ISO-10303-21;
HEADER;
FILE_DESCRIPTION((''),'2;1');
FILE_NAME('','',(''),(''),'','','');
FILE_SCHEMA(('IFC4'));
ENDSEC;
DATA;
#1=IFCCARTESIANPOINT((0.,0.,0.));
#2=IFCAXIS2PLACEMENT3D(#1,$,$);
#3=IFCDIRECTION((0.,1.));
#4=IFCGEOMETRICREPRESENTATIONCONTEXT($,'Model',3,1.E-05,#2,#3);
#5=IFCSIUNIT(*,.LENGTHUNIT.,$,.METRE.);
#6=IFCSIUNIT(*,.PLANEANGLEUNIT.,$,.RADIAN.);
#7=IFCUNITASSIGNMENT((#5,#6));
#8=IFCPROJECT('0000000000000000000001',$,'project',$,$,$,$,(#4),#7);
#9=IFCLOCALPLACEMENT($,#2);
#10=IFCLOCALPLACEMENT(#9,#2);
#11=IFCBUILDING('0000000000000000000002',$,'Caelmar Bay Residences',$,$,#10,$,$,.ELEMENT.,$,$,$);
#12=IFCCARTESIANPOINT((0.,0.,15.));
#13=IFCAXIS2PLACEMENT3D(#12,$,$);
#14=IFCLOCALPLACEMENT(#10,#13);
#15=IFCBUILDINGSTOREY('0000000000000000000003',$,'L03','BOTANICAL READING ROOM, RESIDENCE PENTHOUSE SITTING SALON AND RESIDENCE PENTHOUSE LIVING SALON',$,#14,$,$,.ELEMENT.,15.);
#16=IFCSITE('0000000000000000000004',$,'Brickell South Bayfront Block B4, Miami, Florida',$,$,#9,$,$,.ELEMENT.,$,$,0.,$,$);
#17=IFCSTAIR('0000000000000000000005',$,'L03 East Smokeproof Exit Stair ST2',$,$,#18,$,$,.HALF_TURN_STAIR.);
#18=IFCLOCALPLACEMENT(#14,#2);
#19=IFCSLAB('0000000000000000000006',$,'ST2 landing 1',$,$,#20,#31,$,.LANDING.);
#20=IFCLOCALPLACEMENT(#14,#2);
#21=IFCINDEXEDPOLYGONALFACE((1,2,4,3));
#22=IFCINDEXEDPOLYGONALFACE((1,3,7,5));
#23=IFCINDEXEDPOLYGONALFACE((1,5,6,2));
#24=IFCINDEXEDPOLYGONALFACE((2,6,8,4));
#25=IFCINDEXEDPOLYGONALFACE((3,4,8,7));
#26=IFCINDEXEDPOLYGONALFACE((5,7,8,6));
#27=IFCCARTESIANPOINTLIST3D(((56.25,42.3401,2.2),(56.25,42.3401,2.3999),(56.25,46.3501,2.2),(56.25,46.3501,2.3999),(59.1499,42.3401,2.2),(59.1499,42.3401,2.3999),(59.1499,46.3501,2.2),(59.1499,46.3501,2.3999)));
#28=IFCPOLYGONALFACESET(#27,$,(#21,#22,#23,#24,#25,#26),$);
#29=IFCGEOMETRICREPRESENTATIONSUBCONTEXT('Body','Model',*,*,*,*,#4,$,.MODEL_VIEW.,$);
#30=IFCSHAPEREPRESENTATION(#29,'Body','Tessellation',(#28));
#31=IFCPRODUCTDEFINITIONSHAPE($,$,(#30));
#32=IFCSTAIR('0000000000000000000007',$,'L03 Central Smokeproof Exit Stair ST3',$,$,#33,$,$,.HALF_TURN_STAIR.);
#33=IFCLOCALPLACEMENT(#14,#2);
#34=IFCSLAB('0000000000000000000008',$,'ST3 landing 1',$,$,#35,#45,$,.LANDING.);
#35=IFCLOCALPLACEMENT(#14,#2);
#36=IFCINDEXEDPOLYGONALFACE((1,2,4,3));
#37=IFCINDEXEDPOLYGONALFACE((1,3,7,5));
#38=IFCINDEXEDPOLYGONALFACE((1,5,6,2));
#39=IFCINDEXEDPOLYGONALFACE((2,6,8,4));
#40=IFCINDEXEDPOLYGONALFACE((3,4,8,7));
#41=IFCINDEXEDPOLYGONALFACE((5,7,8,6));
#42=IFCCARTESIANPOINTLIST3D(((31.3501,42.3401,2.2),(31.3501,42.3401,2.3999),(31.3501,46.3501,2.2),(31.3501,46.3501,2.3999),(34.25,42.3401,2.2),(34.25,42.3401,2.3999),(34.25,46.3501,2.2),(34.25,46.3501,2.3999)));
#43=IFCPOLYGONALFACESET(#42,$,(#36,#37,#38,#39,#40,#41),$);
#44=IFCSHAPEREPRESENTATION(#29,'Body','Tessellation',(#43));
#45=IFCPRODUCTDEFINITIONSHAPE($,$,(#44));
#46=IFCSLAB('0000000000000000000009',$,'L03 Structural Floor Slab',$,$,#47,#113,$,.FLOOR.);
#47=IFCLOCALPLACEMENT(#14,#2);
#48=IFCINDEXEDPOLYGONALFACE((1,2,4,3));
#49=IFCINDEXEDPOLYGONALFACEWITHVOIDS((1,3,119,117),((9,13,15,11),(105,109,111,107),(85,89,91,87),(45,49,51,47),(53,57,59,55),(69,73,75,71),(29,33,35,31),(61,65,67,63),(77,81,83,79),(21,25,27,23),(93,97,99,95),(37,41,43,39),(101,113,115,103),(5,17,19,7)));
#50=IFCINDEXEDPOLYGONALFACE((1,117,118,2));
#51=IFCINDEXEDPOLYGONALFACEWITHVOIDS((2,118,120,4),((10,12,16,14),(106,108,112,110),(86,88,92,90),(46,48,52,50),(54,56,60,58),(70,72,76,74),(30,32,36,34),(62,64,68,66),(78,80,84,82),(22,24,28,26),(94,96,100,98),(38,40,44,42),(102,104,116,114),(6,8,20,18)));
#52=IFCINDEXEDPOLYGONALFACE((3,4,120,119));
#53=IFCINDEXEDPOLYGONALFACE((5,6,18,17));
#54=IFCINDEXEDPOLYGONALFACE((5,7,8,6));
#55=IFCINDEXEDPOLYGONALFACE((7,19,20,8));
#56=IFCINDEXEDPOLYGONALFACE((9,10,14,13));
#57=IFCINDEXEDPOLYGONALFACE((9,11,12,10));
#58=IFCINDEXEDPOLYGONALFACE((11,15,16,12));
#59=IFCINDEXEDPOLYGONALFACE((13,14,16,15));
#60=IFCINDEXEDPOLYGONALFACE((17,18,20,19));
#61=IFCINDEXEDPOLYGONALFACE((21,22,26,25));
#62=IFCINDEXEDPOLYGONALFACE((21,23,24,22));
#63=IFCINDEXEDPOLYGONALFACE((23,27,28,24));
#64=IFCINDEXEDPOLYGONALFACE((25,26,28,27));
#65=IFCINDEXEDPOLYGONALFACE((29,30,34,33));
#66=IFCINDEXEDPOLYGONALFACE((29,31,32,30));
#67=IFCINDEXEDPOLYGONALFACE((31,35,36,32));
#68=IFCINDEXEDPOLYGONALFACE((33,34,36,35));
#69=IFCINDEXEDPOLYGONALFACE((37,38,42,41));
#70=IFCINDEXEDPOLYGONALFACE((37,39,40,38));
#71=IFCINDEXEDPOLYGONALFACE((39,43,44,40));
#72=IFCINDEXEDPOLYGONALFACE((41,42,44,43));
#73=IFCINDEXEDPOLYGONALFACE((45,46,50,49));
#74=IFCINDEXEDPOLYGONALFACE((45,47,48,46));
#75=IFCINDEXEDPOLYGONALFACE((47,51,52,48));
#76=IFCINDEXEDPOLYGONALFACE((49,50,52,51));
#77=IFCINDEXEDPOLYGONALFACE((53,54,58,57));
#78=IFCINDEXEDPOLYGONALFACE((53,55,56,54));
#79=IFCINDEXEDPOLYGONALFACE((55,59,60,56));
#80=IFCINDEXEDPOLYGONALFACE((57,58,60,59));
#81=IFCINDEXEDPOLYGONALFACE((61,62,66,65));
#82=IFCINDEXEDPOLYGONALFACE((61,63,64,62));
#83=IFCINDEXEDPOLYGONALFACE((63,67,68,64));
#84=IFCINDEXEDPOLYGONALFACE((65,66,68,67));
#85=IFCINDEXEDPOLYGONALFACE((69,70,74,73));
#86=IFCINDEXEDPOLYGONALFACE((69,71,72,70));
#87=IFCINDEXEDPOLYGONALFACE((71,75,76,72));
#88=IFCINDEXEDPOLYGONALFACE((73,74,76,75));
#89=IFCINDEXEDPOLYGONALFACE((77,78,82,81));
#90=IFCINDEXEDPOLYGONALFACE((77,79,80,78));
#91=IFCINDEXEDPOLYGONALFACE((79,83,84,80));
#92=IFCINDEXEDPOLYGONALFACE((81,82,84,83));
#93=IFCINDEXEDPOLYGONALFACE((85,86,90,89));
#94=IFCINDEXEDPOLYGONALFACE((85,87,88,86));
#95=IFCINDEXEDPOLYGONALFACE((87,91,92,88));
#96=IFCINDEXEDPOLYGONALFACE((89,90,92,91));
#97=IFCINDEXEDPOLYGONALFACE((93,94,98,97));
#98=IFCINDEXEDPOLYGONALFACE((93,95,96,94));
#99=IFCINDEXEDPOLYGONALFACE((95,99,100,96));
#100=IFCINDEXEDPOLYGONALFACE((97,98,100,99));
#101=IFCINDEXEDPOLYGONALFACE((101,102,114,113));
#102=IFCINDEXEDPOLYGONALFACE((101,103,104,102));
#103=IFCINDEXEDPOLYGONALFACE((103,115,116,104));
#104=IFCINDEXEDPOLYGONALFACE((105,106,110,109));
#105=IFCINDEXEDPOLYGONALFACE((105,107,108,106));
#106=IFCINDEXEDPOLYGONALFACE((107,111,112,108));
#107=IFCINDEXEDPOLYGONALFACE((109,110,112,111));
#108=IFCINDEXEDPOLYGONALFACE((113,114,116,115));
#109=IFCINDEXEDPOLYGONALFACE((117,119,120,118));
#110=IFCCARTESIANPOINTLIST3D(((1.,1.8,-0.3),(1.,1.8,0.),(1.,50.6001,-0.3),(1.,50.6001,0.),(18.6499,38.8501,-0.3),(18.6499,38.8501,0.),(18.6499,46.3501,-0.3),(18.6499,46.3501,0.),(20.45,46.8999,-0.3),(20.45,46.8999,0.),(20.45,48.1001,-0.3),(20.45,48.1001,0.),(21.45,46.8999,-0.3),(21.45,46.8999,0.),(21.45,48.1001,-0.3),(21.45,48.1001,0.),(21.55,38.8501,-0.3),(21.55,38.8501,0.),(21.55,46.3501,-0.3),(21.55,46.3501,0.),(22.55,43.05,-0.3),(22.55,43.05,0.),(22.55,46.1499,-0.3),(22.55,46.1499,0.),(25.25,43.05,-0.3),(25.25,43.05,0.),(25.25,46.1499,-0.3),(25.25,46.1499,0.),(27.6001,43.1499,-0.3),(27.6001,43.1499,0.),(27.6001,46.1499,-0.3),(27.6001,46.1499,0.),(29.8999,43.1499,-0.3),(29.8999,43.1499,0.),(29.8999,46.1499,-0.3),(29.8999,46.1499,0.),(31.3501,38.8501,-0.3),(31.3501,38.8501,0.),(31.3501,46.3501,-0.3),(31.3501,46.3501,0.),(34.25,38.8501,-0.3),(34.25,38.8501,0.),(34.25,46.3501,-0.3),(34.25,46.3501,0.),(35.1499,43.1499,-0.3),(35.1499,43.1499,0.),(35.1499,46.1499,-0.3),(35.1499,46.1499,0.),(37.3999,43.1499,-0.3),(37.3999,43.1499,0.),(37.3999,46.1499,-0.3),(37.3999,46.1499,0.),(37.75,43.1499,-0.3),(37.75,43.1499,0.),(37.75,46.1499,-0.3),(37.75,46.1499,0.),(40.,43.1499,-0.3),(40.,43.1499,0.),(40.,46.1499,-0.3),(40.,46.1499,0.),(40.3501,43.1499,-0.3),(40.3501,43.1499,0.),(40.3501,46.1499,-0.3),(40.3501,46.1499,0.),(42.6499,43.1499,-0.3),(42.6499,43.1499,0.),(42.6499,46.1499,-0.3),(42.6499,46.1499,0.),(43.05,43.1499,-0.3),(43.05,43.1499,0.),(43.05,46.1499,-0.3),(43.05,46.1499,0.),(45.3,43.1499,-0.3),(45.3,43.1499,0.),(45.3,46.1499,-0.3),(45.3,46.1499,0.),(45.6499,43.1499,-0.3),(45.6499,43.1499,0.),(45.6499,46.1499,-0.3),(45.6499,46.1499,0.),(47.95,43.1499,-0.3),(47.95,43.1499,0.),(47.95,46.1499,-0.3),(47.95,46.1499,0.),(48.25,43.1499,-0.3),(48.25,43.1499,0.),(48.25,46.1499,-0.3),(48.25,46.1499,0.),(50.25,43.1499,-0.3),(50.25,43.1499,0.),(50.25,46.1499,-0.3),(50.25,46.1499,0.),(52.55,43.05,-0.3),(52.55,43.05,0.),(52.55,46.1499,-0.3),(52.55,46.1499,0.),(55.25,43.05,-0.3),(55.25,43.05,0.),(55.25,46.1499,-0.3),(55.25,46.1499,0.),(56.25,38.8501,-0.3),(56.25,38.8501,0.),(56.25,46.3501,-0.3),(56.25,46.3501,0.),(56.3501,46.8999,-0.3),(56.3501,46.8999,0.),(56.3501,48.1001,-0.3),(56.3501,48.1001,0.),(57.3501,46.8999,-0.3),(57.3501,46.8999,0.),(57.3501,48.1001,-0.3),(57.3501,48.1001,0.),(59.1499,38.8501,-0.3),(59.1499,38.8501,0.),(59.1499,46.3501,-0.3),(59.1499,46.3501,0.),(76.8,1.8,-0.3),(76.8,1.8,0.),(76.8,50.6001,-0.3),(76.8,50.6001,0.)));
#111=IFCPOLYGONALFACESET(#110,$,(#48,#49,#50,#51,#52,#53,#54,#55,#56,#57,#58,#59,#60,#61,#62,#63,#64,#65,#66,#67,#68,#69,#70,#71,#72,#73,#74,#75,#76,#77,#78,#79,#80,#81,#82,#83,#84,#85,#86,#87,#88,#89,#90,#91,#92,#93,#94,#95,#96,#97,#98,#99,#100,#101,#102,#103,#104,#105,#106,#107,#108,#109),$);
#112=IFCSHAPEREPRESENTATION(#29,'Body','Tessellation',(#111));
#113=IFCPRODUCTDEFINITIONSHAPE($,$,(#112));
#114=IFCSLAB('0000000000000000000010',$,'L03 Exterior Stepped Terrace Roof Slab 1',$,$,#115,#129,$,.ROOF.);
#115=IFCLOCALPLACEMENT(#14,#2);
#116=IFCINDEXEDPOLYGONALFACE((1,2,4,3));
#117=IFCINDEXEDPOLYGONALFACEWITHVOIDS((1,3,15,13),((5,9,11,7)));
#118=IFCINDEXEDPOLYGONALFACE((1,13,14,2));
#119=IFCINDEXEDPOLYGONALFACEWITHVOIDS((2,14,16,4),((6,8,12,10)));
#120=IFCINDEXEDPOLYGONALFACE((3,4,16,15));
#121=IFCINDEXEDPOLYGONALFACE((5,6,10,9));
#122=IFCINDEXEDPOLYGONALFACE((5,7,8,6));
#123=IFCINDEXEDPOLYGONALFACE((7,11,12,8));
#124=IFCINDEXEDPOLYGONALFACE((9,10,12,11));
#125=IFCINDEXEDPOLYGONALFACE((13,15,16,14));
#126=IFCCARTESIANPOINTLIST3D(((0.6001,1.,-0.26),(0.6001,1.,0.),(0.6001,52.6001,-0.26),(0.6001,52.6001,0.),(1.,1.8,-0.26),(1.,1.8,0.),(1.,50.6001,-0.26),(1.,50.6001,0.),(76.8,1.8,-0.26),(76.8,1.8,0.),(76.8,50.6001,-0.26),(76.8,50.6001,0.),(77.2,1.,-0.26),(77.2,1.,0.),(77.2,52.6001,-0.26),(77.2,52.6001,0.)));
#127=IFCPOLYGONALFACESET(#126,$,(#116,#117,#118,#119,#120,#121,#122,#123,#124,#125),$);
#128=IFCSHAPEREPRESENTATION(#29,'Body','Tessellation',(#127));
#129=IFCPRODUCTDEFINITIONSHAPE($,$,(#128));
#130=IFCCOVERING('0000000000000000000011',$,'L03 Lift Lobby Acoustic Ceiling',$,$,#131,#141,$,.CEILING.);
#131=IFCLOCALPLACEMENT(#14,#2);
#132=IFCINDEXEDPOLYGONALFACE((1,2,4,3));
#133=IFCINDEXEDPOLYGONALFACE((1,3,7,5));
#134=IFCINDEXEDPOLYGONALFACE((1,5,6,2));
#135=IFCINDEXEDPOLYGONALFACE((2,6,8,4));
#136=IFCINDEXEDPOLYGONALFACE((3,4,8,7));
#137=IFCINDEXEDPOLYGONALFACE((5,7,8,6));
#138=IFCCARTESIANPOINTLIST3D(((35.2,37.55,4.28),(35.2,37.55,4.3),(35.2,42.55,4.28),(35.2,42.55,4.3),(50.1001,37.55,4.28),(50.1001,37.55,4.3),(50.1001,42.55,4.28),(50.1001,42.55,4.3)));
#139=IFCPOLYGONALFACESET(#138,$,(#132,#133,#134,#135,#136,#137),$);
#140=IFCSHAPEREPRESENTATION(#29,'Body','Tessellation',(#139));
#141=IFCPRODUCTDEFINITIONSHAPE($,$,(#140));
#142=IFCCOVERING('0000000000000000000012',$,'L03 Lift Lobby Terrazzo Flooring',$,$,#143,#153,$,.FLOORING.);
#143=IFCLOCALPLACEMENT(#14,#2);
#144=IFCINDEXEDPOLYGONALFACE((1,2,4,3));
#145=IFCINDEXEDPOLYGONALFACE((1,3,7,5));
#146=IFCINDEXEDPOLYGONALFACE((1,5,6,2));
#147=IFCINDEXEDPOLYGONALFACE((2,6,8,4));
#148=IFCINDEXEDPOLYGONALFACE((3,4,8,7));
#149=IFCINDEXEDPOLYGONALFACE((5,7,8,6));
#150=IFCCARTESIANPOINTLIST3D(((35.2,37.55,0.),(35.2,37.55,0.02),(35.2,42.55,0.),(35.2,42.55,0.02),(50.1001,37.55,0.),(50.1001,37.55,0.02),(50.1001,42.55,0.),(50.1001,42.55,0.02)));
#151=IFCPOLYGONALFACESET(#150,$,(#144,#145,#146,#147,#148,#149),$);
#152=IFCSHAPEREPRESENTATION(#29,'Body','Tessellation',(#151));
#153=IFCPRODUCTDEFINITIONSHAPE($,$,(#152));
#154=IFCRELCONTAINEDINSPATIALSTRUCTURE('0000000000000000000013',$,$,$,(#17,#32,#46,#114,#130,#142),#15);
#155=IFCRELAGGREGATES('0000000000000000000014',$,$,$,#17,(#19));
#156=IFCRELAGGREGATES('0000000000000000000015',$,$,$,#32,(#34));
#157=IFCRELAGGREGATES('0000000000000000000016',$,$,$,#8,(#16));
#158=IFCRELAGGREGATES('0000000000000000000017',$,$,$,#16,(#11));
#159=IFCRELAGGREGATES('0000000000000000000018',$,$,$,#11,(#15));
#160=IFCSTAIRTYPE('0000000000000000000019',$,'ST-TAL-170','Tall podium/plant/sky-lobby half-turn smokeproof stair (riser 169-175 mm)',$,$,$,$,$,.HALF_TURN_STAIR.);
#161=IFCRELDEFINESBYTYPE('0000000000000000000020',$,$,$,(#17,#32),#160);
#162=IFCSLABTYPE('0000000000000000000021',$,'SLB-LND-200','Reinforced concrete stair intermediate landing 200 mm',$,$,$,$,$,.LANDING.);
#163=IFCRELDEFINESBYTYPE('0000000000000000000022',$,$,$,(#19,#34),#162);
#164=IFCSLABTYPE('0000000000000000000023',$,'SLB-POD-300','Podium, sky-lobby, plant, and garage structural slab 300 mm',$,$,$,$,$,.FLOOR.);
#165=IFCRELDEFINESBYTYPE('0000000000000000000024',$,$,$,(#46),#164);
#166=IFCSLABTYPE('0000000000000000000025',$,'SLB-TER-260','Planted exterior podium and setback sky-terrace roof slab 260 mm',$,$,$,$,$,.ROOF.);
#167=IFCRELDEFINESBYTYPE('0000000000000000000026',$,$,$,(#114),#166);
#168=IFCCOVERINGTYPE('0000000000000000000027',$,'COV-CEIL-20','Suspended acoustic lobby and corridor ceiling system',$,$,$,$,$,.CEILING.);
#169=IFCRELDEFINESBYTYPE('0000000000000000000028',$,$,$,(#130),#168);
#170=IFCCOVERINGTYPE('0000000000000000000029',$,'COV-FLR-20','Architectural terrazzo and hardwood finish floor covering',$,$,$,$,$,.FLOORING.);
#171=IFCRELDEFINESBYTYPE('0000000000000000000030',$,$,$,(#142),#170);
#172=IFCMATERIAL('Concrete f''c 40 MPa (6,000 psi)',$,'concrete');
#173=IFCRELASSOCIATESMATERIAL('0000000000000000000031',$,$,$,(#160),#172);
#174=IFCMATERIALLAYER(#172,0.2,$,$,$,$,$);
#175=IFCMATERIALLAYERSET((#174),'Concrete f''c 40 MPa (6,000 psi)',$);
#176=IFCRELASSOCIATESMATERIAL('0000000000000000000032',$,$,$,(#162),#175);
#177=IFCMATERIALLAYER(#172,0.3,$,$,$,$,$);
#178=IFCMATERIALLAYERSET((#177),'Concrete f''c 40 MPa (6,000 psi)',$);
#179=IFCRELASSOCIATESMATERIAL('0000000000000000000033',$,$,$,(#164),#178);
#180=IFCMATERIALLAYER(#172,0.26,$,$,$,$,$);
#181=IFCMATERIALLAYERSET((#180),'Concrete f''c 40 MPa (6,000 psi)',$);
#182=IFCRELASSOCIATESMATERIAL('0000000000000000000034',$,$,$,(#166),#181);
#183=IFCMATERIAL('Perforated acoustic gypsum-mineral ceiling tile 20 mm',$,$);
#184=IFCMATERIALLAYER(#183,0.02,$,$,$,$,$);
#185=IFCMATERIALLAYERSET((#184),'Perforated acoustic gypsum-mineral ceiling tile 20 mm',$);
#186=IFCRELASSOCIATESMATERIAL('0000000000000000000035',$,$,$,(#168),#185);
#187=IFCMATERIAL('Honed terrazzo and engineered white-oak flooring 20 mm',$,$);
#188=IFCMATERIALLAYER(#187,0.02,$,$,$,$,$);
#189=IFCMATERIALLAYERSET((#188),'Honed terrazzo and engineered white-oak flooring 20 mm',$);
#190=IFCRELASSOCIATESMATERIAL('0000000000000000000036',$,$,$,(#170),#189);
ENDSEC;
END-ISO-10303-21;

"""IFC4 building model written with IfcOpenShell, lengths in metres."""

from ifc_helpers import new_model, si_unit, direction, frame, origin, place, context, subcontext, project, spatial, polyline, outline, extrude, material, layer, layer_set, type_object, element, aggregate, save


model = new_model("IFC4")

# Units and contexts
model_context = context("Model", 3, precision=1e-05, world=origin(), true_north=direction((0.0, 1.0)))
body_context = subcontext(model_context, "Body", "Model", "MODEL_VIEW")
ifc_project = project(units=[si_unit("LENGTHUNIT", "METRE"), si_unit("PLANEANGLEUNIT", "RADIAN")], contexts=[model_context])

# Site, building, storey
site_placement = place(None, origin())
site = spatial("IfcSite", under=ifc_project, at=site_placement, Name="Brickell South Bayfront Block B4, Miami, Florida", CompositionType="ELEMENT", RefElevation=0.0)
building_placement = place(site_placement, origin())
building = spatial("IfcBuilding", under=site, at=building_placement, Name="Caelmar Bay Residences", CompositionType="ELEMENT")
storey_placement = place(building_placement, frame((0.0, 0.0, 15.0)))
storey = spatial("IfcBuildingStorey", under=building, at=storey_placement, Name="L03", Description="BOTANICAL READING ROOM, RESIDENCE PENTHOUSE SITTING SALON AND RESIDENCE PENTHOUSE LIVING SALON", CompositionType="ELEMENT", Elevation=15.0)

# Stairs, slabs
ifc_material_1 = material(Name="Concrete f'c 40 MPa (6,000 psi)", Category="concrete")
stair_type = type_object("IfcStairType", Name="ST-TAL-170", Description="Tall podium/plant/sky-lobby half-turn smokeproof stair (riser 169-175 mm)", PredefinedType="HALF_TURN_STAIR", material=ifc_material_1)
ifc_layer_1 = layer(ifc_material_1, 0.2)
ifc_layer_set_1 = layer_set([ifc_layer_1], Name="Concrete f'c 40 MPa (6,000 psi)")
slab_type_1 = type_object("IfcSlabType", Name="SLB-LND-200", Description="Reinforced concrete stair intermediate landing 200 mm", PredefinedType="LANDING", material=ifc_layer_set_1)
stair_1_placement = place(storey_placement, origin())
stair_1 = element("IfcStair", 1, at=stair_1_placement, inside=storey, type_object=stair_type, Name="L03 East Smokeproof Exit Stair ST2", PredefinedType="HALF_TURN_STAIR")
slab_1_placement = place(storey_placement, frame((0.0, 0.0, 2.2)))
slab_1 = element("IfcSlab", 2, at=slab_1_placement, type_object=slab_type_1, Name="ST2 landing 1", PredefinedType="LANDING", context=body_context, shape_type="SweptSolid", body=[
    extrude(outline(polyline([(59.1499, 42.3401), (59.1499, 46.3501), (56.25, 46.3501), (56.25, 42.3401), (59.1499, 42.3401)])), origin(), (0.0, 0.0, 1.0), 0.2),
])
aggregate(stair_1, [slab_1])
stair_2_placement = place(storey_placement, origin())
stair_2 = element("IfcStair", 3, at=stair_2_placement, inside=storey, type_object=stair_type, Name="L03 Central Smokeproof Exit Stair ST3", PredefinedType="HALF_TURN_STAIR")
slab_2_placement = place(storey_placement, frame((0.0, 0.0, 2.2)))
slab_2 = element("IfcSlab", 4, at=slab_2_placement, type_object=slab_type_1, Name="ST3 landing 1", PredefinedType="LANDING", context=body_context, shape_type="SweptSolid", body=[
    extrude(outline(polyline([(34.25, 42.3401), (34.25, 46.3501), (31.3501, 46.3501), (31.3501, 42.3401), (34.25, 42.3401)])), origin(), (0.0, 0.0, 1.0), 0.2),
])
aggregate(stair_2, [slab_2])

# Slabs
ifc_layer_2 = layer(ifc_material_1, 0.3)
ifc_layer_set_2 = layer_set([ifc_layer_2], Name="Concrete f'c 40 MPa (6,000 psi)")
slab_type_2 = type_object("IfcSlabType", Name="SLB-POD-300", Description="Podium, sky-lobby, plant, and garage structural slab 300 mm", PredefinedType="FLOOR", material=ifc_layer_set_2)
slab_3_placement = place(storey_placement, frame((0.0, 0.0, -0.3)))
element("IfcSlab", 5, at=slab_3_placement, inside=storey, type_object=slab_type_2, Name="L03 Structural Floor Slab", PredefinedType="FLOOR", context=body_context, shape_type="SweptSolid", body=[
    extrude(outline(polyline([(1.0, 1.8), (76.8, 1.8), (76.8, 50.6001), (1.0, 50.6001), (1.0, 1.8)]), holes=[polyline([(18.6499, 38.8501), (21.55, 38.8501), (21.55, 46.3501), (18.6499, 46.3501), (18.6499, 38.8501)]), polyline([(56.25, 38.8501), (59.1499, 38.8501), (59.1499, 46.3501), (56.25, 46.3501), (56.25, 38.8501)]), polyline([(31.3501, 38.8501), (34.25, 38.8501), (34.25, 46.3501), (31.3501, 46.3501), (31.3501, 38.8501)]), polyline([(22.55, 43.05), (25.25, 43.05), (25.25, 46.1499), (22.55, 46.1499), (22.55, 43.05)]), polyline([(52.55, 43.05), (55.25, 43.05), (55.25, 46.1499), (52.55, 46.1499), (52.55, 43.05)]), polyline([(35.1499, 43.1499), (37.3999, 43.1499), (37.3999, 46.1499), (35.1499, 46.1499), (35.1499, 43.1499)]), polyline([(37.75, 43.1499), (40.0, 43.1499), (40.0, 46.1499), (37.75, 46.1499), (37.75, 43.1499)]), polyline([(40.3501, 43.1499), (42.6499, 43.1499), (42.6499, 46.1499), (40.3501, 46.1499), (40.3501, 43.1499)]), polyline([(43.05, 43.1499), (45.3, 43.1499), (45.3, 46.1499), (43.05, 46.1499), (43.05, 43.1499)]), polyline([(45.6499, 43.1499), (47.95, 43.1499), (47.95, 46.1499), (45.6499, 46.1499), (45.6499, 43.1499)]), polyline([(48.25, 43.1499), (50.25, 43.1499), (50.25, 46.1499), (48.25, 46.1499), (48.25, 43.1499)]), polyline([(27.6001, 43.1499), (29.8999, 43.1499), (29.8999, 46.1499), (27.6001, 46.1499), (27.6001, 43.1499)]), polyline([(20.45, 46.8999), (21.45, 46.8999), (21.45, 48.1001), (20.45, 48.1001), (20.45, 46.8999)]), polyline([(56.3501, 46.8999), (57.3501, 46.8999), (57.3501, 48.1001), (56.3501, 48.1001), (56.3501, 46.8999)])]), origin(), (0.0, 0.0, 1.0), 0.3),
])
ifc_layer_3 = layer(ifc_material_1, 0.26)
ifc_layer_set_3 = layer_set([ifc_layer_3], Name="Concrete f'c 40 MPa (6,000 psi)")
slab_type_3 = type_object("IfcSlabType", Name="SLB-TER-260", Description="Planted exterior podium and setback sky-terrace roof slab 260 mm", PredefinedType="ROOF", material=ifc_layer_set_3)
slab_4_placement = place(storey_placement, frame((0.0, 0.0, -0.26)))
element("IfcSlab", 6, at=slab_4_placement, inside=storey, type_object=slab_type_3, Name="L03 Exterior Stepped Terrace Roof Slab 1", PredefinedType="ROOF", context=body_context, shape_type="SweptSolid", body=[
    extrude(outline(polyline([(0.6001, 1.0), (77.2, 1.0), (77.2, 52.6001), (0.6001, 52.6001), (0.6001, 1.0)]), holes=[polyline([(1.0, 1.8), (1.0, 50.6001), (76.8, 50.6001), (76.8, 1.8), (1.0, 1.8)])]), origin(), (0.0, 0.0, 1.0), 0.26),
])

# Coverings
ifc_material_2 = material(Name="Perforated acoustic gypsum-mineral ceiling tile 20 mm")
ifc_layer_4 = layer(ifc_material_2, 0.02)
ifc_layer_set_4 = layer_set([ifc_layer_4], Name="Perforated acoustic gypsum-mineral ceiling tile 20 mm")
covering_type_1 = type_object("IfcCoveringType", Name="COV-CEIL-20", Description="Suspended acoustic lobby and corridor ceiling system", PredefinedType="CEILING", material=ifc_layer_set_4)
covering_1_placement = place(storey_placement, frame((0.0, 0.0, 4.28)))
element("IfcCovering", 7, at=covering_1_placement, inside=storey, type_object=covering_type_1, Name="L03 Lift Lobby Acoustic Ceiling", PredefinedType="CEILING", context=body_context, shape_type="SweptSolid", body=[
    extrude(outline(polyline([(35.2, 37.55), (50.1001, 37.55), (50.1001, 42.55), (35.2, 42.55), (35.2, 37.55)])), origin(), (0.0, 0.0, 1.0), 0.02),
])
ifc_material_3 = material(Name="Honed terrazzo and engineered white-oak flooring 20 mm")
ifc_layer_5 = layer(ifc_material_3, 0.02)
ifc_layer_set_5 = layer_set([ifc_layer_5], Name="Honed terrazzo and engineered white-oak flooring 20 mm")
covering_type_2 = type_object("IfcCoveringType", Name="COV-FLR-20", Description="Architectural terrazzo and hardwood finish floor covering", PredefinedType="FLOORING", material=ifc_layer_set_5)
covering_2_placement = place(storey_placement, origin())
element("IfcCovering", 8, at=covering_2_placement, inside=storey, type_object=covering_type_2, Name="L03 Lift Lobby Terrazzo Flooring", PredefinedType="FLOORING", context=body_context, shape_type="SweptSolid", body=[
    extrude(outline(polyline([(35.2, 37.55), (50.1001, 37.55), (50.1001, 42.55), (35.2, 42.55), (35.2, 37.55)])), origin(), (0.0, 0.0, 1.0), 0.02),
])

save(model, "model.ifc")
